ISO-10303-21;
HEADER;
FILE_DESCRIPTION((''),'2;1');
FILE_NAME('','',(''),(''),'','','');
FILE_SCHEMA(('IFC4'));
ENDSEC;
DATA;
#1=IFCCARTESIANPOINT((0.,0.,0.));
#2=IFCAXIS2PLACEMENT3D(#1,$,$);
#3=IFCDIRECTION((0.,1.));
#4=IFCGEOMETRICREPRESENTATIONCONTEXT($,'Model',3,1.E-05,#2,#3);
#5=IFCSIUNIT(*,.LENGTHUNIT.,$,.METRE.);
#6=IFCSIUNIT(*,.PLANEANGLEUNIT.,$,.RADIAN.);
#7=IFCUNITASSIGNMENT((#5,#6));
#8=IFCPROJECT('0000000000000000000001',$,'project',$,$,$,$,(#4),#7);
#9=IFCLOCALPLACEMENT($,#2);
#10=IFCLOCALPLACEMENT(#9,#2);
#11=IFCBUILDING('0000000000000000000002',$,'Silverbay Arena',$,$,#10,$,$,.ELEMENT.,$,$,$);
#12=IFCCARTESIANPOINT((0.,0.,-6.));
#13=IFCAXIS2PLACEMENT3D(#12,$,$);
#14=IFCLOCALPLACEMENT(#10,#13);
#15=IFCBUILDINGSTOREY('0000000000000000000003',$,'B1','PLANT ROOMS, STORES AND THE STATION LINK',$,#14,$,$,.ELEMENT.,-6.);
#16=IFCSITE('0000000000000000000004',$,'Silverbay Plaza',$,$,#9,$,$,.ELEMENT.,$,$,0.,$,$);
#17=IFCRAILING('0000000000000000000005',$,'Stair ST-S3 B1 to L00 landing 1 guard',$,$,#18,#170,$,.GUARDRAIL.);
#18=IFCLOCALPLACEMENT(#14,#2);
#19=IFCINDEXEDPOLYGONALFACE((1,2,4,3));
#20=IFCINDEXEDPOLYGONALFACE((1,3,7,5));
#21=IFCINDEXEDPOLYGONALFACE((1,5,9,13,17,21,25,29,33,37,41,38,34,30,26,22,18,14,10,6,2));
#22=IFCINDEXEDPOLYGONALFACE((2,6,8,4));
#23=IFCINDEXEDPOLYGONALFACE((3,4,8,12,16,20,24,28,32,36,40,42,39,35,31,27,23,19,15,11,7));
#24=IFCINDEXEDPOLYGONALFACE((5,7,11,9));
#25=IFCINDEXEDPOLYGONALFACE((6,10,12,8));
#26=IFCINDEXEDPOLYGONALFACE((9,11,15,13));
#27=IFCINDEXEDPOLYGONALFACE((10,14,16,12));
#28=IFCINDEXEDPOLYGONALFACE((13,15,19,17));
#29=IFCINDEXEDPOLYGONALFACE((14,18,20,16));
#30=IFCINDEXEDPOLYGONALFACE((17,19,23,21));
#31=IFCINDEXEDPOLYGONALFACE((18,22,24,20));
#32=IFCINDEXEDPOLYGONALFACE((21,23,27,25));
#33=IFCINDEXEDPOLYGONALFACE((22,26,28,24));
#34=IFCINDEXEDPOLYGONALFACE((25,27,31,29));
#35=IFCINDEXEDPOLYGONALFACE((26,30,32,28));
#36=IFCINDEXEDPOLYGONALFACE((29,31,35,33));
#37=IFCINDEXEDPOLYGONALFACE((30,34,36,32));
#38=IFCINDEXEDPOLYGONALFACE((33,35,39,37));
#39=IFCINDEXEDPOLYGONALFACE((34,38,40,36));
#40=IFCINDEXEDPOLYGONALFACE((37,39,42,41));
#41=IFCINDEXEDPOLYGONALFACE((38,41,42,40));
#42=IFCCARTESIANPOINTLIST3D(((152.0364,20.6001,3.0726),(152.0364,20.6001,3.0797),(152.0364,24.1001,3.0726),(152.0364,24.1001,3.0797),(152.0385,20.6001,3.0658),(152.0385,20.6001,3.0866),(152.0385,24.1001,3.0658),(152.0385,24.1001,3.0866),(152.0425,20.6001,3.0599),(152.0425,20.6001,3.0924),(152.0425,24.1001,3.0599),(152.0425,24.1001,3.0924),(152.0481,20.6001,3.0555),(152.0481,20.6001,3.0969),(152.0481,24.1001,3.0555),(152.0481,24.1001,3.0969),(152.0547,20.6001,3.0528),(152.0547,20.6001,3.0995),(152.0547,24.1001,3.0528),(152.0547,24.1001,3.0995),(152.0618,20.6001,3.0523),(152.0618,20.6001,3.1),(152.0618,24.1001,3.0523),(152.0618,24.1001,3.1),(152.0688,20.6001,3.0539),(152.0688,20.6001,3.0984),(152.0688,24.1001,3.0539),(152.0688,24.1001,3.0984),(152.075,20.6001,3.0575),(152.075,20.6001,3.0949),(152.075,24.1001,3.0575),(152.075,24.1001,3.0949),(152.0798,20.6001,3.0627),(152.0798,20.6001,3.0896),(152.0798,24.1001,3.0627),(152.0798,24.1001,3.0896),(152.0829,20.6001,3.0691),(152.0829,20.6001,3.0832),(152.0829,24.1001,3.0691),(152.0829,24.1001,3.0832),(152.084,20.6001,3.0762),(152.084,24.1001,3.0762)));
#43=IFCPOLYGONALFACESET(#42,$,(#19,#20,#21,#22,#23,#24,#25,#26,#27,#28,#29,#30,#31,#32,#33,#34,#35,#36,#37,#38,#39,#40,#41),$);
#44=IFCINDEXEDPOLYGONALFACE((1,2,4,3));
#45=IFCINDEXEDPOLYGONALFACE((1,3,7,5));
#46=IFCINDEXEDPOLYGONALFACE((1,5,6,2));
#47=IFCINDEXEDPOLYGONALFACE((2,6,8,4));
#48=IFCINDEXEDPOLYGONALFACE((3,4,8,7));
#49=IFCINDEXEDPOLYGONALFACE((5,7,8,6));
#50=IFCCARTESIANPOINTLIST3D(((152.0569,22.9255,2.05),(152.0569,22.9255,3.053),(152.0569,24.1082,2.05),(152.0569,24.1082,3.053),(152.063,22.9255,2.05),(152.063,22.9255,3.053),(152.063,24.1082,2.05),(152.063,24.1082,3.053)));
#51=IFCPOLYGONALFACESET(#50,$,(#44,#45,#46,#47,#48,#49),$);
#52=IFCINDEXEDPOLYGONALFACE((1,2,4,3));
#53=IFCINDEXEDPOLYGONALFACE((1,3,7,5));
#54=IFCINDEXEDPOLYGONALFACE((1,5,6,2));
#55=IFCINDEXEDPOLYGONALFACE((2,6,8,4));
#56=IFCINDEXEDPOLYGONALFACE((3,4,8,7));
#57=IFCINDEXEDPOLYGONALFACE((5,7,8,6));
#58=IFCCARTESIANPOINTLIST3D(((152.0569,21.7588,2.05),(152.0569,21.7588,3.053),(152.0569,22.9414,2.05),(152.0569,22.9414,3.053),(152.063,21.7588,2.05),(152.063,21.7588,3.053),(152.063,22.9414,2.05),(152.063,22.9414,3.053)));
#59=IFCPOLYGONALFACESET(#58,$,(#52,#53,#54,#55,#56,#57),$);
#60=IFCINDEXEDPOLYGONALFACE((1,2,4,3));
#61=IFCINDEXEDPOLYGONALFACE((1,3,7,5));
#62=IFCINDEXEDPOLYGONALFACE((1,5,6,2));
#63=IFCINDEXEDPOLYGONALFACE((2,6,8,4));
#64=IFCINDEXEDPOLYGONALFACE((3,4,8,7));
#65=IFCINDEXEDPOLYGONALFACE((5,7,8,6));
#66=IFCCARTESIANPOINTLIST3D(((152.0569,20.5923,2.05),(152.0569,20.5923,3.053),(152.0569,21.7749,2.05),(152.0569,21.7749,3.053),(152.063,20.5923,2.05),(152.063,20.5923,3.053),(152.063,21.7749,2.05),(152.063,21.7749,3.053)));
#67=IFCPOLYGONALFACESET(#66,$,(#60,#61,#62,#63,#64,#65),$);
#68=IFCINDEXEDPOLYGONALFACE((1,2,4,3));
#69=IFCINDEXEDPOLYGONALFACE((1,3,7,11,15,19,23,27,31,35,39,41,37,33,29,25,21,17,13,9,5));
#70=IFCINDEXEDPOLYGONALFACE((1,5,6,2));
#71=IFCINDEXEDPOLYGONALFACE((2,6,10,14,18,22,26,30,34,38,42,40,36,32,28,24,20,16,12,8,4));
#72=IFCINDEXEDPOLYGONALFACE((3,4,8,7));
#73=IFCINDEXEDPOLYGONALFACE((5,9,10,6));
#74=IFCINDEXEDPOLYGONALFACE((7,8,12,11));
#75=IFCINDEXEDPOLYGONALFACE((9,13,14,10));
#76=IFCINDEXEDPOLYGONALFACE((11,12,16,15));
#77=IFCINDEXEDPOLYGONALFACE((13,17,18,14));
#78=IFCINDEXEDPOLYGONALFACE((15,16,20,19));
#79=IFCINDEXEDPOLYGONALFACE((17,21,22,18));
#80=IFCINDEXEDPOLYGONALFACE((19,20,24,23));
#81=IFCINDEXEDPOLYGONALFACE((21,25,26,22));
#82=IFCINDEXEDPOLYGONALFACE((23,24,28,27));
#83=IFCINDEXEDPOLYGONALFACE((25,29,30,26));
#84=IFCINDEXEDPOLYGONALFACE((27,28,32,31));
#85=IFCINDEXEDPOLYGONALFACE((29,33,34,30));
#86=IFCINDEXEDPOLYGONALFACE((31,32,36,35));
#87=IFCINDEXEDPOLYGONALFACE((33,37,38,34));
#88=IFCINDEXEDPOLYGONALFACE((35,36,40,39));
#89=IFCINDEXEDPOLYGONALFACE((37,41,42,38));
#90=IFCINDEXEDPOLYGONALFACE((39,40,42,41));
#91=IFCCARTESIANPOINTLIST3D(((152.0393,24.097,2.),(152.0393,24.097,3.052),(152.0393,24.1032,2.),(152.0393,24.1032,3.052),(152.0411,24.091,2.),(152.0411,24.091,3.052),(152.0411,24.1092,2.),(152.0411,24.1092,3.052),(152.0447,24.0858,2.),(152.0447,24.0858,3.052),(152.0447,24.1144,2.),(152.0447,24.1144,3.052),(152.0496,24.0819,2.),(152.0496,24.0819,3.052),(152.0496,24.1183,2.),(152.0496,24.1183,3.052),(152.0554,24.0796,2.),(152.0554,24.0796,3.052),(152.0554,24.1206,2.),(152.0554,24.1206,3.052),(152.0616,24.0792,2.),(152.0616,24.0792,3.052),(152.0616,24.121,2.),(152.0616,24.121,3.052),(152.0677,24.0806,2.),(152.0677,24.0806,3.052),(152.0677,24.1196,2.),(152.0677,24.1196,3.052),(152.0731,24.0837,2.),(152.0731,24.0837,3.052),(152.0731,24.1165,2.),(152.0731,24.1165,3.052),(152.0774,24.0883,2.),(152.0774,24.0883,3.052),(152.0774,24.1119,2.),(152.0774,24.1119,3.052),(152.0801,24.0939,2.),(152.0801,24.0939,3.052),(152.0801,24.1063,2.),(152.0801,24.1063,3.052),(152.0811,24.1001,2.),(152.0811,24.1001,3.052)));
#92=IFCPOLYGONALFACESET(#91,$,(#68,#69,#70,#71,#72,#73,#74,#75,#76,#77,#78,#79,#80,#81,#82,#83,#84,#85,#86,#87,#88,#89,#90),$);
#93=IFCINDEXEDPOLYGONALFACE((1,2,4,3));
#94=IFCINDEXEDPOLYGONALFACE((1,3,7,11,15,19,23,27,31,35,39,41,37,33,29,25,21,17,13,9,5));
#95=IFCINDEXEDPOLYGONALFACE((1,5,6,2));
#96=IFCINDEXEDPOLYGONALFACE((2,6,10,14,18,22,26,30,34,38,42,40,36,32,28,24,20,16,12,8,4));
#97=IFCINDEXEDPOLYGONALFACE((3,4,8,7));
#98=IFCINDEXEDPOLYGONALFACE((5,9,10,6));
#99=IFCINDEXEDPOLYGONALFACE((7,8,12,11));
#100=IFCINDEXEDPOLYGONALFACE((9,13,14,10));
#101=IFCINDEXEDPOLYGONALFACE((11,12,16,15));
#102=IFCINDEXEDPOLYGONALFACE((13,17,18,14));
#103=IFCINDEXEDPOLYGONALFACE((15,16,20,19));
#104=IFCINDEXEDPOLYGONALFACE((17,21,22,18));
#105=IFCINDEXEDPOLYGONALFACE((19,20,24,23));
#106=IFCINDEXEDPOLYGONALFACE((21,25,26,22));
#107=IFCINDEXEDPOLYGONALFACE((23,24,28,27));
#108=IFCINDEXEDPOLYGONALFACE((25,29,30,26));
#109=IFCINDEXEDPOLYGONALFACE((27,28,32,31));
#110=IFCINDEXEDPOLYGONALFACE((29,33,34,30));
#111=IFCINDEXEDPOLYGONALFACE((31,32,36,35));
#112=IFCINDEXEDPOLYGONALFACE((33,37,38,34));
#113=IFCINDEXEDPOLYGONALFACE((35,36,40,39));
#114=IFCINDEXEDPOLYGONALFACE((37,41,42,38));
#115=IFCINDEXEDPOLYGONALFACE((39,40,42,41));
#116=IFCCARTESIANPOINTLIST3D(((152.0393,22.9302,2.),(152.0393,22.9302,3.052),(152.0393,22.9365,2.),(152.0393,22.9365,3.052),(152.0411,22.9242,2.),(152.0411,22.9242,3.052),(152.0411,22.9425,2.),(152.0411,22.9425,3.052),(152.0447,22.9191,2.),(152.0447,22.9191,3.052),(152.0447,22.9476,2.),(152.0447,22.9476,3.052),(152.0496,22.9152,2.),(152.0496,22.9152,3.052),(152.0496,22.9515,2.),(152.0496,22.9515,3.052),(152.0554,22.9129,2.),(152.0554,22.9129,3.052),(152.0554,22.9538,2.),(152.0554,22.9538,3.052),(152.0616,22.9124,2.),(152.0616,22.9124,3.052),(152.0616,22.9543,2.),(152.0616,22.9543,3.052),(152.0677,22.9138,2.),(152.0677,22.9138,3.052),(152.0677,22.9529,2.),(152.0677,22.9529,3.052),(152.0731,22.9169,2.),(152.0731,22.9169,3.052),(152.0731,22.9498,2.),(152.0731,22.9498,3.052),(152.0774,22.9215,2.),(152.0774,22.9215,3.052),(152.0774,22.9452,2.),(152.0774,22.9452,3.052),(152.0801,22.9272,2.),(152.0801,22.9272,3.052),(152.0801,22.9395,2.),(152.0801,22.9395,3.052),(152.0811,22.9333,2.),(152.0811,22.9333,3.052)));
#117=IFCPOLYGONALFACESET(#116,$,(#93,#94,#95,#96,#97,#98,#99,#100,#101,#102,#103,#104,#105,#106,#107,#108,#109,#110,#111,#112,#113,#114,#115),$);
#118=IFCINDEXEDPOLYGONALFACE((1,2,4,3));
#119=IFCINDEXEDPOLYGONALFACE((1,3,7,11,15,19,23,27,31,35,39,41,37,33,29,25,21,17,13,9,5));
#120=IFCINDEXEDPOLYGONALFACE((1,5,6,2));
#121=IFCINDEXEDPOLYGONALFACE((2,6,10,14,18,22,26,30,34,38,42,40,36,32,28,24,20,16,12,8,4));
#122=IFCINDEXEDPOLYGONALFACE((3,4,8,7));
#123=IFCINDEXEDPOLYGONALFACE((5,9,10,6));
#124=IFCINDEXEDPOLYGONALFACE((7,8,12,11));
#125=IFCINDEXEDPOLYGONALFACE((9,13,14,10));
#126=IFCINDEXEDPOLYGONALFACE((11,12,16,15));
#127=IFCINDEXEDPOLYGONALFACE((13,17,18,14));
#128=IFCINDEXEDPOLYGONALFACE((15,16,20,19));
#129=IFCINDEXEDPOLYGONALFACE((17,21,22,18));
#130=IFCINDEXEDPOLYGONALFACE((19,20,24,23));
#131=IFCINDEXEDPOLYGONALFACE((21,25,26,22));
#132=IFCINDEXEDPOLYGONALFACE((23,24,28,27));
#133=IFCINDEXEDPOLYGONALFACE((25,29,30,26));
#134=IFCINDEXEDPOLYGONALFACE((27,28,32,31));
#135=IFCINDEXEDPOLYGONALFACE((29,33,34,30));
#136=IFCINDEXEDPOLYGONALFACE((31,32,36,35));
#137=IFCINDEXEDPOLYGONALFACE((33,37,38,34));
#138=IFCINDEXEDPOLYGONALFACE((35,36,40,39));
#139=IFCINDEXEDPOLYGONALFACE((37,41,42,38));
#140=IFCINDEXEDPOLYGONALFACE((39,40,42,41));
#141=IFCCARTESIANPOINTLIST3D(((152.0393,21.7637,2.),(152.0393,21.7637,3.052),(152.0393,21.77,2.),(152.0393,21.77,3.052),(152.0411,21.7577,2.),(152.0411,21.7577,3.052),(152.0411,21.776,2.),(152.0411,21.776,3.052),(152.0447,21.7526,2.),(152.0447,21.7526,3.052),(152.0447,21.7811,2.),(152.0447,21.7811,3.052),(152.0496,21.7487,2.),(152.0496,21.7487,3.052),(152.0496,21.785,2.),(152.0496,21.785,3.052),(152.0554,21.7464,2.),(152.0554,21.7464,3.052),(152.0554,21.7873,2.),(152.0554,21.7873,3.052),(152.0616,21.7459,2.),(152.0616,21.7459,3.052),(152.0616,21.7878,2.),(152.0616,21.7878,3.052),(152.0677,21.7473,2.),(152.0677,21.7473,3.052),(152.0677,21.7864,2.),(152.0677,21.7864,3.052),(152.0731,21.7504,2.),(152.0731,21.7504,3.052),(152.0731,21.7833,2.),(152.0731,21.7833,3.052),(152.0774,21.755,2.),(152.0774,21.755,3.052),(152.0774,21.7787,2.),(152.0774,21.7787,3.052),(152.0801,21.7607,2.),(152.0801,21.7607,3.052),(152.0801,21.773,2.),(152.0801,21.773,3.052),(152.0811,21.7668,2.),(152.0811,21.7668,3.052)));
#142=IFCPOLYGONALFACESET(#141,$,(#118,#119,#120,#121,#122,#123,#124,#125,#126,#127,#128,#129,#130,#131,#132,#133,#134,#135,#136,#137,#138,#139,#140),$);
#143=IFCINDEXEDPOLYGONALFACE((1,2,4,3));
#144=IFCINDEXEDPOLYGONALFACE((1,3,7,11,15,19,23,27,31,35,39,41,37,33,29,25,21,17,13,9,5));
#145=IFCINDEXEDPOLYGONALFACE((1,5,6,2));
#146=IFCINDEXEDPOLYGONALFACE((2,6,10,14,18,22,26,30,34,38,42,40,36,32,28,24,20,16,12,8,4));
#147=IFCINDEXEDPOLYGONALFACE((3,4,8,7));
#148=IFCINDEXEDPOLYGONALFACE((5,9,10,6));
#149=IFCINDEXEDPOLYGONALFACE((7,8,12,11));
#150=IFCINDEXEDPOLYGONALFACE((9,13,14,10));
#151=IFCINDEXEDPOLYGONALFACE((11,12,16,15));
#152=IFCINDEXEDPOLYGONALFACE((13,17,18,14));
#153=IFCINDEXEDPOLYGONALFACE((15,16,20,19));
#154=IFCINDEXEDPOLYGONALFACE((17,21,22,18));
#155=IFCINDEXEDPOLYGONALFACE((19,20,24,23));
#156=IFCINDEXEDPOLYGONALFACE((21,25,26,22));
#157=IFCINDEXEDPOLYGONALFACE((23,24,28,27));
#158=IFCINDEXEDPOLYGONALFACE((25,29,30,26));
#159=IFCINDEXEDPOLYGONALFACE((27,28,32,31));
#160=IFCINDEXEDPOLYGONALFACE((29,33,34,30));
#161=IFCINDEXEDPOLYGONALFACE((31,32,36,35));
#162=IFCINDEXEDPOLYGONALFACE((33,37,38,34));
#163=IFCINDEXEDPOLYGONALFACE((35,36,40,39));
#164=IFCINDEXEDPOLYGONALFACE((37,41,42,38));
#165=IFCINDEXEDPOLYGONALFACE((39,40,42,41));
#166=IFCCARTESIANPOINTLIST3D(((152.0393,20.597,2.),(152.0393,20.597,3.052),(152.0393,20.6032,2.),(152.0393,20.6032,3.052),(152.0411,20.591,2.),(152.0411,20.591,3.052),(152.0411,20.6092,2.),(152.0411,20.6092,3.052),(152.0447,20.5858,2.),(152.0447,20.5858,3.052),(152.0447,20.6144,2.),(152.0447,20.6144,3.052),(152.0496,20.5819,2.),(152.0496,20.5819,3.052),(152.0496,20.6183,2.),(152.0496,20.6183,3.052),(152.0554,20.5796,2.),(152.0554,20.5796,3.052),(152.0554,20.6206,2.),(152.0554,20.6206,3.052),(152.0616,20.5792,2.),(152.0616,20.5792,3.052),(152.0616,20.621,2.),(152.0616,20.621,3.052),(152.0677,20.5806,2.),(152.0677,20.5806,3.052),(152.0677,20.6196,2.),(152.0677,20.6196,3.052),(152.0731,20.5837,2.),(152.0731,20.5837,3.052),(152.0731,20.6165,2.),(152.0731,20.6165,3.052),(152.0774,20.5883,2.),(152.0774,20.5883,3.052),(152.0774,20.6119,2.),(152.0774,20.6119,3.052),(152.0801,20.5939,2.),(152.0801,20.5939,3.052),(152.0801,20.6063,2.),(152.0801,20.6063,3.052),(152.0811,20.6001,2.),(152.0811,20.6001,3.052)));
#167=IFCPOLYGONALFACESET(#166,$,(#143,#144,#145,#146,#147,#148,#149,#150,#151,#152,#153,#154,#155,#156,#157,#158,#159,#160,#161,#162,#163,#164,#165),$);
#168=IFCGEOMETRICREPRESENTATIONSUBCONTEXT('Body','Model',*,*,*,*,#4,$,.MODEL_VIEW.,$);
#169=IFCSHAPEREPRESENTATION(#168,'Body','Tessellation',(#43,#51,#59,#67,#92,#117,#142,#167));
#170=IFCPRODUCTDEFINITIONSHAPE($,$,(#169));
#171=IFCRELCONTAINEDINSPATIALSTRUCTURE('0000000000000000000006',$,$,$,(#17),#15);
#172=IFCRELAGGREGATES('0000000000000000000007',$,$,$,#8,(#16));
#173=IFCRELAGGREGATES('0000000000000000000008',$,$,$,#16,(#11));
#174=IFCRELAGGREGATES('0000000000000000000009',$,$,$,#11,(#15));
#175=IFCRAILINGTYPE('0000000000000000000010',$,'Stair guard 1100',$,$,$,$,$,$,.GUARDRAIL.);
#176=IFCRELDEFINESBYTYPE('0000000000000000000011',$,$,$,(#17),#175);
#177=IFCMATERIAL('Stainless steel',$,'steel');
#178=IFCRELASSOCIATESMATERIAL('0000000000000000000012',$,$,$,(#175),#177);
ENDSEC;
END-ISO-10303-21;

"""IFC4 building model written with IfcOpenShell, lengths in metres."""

from ifc_helpers import new_model, si_unit, direction, frame, origin, origin_2d, place, context, subcontext, project, spatial, polyline, circle, outline, extrude, material, type_object, element, save


model = new_model("IFC4")

# Units and contexts
model_context = context("Model", 3, precision=1e-05, world=origin(), true_north=direction((0.0, 1.0)))
body_context = subcontext(model_context, "Body", "Model", "MODEL_VIEW")
ifc_project = project(units=[si_unit("LENGTHUNIT", "METRE"), si_unit("PLANEANGLEUNIT", "RADIAN")], contexts=[model_context])

# Site, building, storey
site_placement = place(None, origin())
site = spatial("IfcSite", under=ifc_project, at=site_placement, Name="Silverbay Plaza", CompositionType="ELEMENT", RefElevation=0.0)
building_placement = place(site_placement, origin())
building = spatial("IfcBuilding", under=site, at=building_placement, Name="Silverbay Arena", CompositionType="ELEMENT")
storey_placement = place(building_placement, frame((0.0, 0.0, -6.0)))
storey = spatial("IfcBuildingStorey", under=building, at=storey_placement, Name="B1", Description="PLANT ROOMS, STORES AND THE STATION LINK", CompositionType="ELEMENT", Elevation=-6.0)

# Railing
ifc_material_1 = material(Name="Stainless steel", Category="steel")
railing_type_1 = type_object("IfcRailingType", Name="Stair guard 1100", PredefinedType="GUARDRAIL", material=ifc_material_1)
railing_1_placement = place(storey_placement, frame((152.0601, 24.1001, 2.0)))
element("IfcRailing", 1, at=railing_1_placement, inside=storey, type_object=railing_type_1, Name="Stair ST-S3 B1 to L00 landing 1 guard", PredefinedType="GUARDRAIL", context=body_context, shape_type="SweptSolid", body=[
    extrude(circle(Radius=0.0239, at=origin_2d()), frame((0.0, 0.0, 1.0762), z_axis=(0.0, -1.0, 0.0), x_axis=(1.0, 0.0, 0.0)), (0.0, 0.0, 1.0), 3.5),
    extrude(outline(polyline([(-0.0081, 0.05), (1.1746, 0.05), (1.1746, 1.053), (-0.0081, 1.053), (-0.0081, 0.05)])), frame((0.0029, 0.0, 0.0), z_axis=(-1.0, 0.0, 0.0), x_axis=(0.0, -1.0, 0.0)), (0.0, 0.0, 1.0), 0.0061),
    extrude(outline(polyline([(-0.0081, 0.05), (1.1746, 0.05), (1.1746, 1.053), (-0.0081, 1.053), (-0.0081, 0.05)])), frame((0.0029, -1.1667, 0.0), z_axis=(-1.0, 0.0, 0.0), x_axis=(0.0, -1.0, 0.0)), (0.0, 0.0, 1.0), 0.0061),
    extrude(outline(polyline([(-0.0081, 0.05), (1.1746, 0.05), (1.1746, 1.053), (-0.0081, 1.053), (-0.0081, 0.05)])), frame((0.0029, -2.3333, 0.0), z_axis=(-1.0, 0.0, 0.0), x_axis=(0.0, -1.0, 0.0)), (0.0, 0.0, 1.0), 0.0061),
    extrude(circle(Radius=0.021, at=origin_2d()), origin(), (0.0, 0.0, 1.0), 1.052),
    extrude(circle(Radius=0.021, at=origin_2d()), frame((0.0, -1.1667, 0.0)), (0.0, 0.0, 1.0), 1.052),
    extrude(circle(Radius=0.021, at=origin_2d()), frame((0.0, -2.3333, 0.0)), (0.0, 0.0, 1.0), 1.052),
    extrude(circle(Radius=0.021, at=origin_2d()), frame((0.0, -3.5, 0.0)), (0.0, 0.0, 1.0), 1.052),
])

save(model, "model.ifc")
